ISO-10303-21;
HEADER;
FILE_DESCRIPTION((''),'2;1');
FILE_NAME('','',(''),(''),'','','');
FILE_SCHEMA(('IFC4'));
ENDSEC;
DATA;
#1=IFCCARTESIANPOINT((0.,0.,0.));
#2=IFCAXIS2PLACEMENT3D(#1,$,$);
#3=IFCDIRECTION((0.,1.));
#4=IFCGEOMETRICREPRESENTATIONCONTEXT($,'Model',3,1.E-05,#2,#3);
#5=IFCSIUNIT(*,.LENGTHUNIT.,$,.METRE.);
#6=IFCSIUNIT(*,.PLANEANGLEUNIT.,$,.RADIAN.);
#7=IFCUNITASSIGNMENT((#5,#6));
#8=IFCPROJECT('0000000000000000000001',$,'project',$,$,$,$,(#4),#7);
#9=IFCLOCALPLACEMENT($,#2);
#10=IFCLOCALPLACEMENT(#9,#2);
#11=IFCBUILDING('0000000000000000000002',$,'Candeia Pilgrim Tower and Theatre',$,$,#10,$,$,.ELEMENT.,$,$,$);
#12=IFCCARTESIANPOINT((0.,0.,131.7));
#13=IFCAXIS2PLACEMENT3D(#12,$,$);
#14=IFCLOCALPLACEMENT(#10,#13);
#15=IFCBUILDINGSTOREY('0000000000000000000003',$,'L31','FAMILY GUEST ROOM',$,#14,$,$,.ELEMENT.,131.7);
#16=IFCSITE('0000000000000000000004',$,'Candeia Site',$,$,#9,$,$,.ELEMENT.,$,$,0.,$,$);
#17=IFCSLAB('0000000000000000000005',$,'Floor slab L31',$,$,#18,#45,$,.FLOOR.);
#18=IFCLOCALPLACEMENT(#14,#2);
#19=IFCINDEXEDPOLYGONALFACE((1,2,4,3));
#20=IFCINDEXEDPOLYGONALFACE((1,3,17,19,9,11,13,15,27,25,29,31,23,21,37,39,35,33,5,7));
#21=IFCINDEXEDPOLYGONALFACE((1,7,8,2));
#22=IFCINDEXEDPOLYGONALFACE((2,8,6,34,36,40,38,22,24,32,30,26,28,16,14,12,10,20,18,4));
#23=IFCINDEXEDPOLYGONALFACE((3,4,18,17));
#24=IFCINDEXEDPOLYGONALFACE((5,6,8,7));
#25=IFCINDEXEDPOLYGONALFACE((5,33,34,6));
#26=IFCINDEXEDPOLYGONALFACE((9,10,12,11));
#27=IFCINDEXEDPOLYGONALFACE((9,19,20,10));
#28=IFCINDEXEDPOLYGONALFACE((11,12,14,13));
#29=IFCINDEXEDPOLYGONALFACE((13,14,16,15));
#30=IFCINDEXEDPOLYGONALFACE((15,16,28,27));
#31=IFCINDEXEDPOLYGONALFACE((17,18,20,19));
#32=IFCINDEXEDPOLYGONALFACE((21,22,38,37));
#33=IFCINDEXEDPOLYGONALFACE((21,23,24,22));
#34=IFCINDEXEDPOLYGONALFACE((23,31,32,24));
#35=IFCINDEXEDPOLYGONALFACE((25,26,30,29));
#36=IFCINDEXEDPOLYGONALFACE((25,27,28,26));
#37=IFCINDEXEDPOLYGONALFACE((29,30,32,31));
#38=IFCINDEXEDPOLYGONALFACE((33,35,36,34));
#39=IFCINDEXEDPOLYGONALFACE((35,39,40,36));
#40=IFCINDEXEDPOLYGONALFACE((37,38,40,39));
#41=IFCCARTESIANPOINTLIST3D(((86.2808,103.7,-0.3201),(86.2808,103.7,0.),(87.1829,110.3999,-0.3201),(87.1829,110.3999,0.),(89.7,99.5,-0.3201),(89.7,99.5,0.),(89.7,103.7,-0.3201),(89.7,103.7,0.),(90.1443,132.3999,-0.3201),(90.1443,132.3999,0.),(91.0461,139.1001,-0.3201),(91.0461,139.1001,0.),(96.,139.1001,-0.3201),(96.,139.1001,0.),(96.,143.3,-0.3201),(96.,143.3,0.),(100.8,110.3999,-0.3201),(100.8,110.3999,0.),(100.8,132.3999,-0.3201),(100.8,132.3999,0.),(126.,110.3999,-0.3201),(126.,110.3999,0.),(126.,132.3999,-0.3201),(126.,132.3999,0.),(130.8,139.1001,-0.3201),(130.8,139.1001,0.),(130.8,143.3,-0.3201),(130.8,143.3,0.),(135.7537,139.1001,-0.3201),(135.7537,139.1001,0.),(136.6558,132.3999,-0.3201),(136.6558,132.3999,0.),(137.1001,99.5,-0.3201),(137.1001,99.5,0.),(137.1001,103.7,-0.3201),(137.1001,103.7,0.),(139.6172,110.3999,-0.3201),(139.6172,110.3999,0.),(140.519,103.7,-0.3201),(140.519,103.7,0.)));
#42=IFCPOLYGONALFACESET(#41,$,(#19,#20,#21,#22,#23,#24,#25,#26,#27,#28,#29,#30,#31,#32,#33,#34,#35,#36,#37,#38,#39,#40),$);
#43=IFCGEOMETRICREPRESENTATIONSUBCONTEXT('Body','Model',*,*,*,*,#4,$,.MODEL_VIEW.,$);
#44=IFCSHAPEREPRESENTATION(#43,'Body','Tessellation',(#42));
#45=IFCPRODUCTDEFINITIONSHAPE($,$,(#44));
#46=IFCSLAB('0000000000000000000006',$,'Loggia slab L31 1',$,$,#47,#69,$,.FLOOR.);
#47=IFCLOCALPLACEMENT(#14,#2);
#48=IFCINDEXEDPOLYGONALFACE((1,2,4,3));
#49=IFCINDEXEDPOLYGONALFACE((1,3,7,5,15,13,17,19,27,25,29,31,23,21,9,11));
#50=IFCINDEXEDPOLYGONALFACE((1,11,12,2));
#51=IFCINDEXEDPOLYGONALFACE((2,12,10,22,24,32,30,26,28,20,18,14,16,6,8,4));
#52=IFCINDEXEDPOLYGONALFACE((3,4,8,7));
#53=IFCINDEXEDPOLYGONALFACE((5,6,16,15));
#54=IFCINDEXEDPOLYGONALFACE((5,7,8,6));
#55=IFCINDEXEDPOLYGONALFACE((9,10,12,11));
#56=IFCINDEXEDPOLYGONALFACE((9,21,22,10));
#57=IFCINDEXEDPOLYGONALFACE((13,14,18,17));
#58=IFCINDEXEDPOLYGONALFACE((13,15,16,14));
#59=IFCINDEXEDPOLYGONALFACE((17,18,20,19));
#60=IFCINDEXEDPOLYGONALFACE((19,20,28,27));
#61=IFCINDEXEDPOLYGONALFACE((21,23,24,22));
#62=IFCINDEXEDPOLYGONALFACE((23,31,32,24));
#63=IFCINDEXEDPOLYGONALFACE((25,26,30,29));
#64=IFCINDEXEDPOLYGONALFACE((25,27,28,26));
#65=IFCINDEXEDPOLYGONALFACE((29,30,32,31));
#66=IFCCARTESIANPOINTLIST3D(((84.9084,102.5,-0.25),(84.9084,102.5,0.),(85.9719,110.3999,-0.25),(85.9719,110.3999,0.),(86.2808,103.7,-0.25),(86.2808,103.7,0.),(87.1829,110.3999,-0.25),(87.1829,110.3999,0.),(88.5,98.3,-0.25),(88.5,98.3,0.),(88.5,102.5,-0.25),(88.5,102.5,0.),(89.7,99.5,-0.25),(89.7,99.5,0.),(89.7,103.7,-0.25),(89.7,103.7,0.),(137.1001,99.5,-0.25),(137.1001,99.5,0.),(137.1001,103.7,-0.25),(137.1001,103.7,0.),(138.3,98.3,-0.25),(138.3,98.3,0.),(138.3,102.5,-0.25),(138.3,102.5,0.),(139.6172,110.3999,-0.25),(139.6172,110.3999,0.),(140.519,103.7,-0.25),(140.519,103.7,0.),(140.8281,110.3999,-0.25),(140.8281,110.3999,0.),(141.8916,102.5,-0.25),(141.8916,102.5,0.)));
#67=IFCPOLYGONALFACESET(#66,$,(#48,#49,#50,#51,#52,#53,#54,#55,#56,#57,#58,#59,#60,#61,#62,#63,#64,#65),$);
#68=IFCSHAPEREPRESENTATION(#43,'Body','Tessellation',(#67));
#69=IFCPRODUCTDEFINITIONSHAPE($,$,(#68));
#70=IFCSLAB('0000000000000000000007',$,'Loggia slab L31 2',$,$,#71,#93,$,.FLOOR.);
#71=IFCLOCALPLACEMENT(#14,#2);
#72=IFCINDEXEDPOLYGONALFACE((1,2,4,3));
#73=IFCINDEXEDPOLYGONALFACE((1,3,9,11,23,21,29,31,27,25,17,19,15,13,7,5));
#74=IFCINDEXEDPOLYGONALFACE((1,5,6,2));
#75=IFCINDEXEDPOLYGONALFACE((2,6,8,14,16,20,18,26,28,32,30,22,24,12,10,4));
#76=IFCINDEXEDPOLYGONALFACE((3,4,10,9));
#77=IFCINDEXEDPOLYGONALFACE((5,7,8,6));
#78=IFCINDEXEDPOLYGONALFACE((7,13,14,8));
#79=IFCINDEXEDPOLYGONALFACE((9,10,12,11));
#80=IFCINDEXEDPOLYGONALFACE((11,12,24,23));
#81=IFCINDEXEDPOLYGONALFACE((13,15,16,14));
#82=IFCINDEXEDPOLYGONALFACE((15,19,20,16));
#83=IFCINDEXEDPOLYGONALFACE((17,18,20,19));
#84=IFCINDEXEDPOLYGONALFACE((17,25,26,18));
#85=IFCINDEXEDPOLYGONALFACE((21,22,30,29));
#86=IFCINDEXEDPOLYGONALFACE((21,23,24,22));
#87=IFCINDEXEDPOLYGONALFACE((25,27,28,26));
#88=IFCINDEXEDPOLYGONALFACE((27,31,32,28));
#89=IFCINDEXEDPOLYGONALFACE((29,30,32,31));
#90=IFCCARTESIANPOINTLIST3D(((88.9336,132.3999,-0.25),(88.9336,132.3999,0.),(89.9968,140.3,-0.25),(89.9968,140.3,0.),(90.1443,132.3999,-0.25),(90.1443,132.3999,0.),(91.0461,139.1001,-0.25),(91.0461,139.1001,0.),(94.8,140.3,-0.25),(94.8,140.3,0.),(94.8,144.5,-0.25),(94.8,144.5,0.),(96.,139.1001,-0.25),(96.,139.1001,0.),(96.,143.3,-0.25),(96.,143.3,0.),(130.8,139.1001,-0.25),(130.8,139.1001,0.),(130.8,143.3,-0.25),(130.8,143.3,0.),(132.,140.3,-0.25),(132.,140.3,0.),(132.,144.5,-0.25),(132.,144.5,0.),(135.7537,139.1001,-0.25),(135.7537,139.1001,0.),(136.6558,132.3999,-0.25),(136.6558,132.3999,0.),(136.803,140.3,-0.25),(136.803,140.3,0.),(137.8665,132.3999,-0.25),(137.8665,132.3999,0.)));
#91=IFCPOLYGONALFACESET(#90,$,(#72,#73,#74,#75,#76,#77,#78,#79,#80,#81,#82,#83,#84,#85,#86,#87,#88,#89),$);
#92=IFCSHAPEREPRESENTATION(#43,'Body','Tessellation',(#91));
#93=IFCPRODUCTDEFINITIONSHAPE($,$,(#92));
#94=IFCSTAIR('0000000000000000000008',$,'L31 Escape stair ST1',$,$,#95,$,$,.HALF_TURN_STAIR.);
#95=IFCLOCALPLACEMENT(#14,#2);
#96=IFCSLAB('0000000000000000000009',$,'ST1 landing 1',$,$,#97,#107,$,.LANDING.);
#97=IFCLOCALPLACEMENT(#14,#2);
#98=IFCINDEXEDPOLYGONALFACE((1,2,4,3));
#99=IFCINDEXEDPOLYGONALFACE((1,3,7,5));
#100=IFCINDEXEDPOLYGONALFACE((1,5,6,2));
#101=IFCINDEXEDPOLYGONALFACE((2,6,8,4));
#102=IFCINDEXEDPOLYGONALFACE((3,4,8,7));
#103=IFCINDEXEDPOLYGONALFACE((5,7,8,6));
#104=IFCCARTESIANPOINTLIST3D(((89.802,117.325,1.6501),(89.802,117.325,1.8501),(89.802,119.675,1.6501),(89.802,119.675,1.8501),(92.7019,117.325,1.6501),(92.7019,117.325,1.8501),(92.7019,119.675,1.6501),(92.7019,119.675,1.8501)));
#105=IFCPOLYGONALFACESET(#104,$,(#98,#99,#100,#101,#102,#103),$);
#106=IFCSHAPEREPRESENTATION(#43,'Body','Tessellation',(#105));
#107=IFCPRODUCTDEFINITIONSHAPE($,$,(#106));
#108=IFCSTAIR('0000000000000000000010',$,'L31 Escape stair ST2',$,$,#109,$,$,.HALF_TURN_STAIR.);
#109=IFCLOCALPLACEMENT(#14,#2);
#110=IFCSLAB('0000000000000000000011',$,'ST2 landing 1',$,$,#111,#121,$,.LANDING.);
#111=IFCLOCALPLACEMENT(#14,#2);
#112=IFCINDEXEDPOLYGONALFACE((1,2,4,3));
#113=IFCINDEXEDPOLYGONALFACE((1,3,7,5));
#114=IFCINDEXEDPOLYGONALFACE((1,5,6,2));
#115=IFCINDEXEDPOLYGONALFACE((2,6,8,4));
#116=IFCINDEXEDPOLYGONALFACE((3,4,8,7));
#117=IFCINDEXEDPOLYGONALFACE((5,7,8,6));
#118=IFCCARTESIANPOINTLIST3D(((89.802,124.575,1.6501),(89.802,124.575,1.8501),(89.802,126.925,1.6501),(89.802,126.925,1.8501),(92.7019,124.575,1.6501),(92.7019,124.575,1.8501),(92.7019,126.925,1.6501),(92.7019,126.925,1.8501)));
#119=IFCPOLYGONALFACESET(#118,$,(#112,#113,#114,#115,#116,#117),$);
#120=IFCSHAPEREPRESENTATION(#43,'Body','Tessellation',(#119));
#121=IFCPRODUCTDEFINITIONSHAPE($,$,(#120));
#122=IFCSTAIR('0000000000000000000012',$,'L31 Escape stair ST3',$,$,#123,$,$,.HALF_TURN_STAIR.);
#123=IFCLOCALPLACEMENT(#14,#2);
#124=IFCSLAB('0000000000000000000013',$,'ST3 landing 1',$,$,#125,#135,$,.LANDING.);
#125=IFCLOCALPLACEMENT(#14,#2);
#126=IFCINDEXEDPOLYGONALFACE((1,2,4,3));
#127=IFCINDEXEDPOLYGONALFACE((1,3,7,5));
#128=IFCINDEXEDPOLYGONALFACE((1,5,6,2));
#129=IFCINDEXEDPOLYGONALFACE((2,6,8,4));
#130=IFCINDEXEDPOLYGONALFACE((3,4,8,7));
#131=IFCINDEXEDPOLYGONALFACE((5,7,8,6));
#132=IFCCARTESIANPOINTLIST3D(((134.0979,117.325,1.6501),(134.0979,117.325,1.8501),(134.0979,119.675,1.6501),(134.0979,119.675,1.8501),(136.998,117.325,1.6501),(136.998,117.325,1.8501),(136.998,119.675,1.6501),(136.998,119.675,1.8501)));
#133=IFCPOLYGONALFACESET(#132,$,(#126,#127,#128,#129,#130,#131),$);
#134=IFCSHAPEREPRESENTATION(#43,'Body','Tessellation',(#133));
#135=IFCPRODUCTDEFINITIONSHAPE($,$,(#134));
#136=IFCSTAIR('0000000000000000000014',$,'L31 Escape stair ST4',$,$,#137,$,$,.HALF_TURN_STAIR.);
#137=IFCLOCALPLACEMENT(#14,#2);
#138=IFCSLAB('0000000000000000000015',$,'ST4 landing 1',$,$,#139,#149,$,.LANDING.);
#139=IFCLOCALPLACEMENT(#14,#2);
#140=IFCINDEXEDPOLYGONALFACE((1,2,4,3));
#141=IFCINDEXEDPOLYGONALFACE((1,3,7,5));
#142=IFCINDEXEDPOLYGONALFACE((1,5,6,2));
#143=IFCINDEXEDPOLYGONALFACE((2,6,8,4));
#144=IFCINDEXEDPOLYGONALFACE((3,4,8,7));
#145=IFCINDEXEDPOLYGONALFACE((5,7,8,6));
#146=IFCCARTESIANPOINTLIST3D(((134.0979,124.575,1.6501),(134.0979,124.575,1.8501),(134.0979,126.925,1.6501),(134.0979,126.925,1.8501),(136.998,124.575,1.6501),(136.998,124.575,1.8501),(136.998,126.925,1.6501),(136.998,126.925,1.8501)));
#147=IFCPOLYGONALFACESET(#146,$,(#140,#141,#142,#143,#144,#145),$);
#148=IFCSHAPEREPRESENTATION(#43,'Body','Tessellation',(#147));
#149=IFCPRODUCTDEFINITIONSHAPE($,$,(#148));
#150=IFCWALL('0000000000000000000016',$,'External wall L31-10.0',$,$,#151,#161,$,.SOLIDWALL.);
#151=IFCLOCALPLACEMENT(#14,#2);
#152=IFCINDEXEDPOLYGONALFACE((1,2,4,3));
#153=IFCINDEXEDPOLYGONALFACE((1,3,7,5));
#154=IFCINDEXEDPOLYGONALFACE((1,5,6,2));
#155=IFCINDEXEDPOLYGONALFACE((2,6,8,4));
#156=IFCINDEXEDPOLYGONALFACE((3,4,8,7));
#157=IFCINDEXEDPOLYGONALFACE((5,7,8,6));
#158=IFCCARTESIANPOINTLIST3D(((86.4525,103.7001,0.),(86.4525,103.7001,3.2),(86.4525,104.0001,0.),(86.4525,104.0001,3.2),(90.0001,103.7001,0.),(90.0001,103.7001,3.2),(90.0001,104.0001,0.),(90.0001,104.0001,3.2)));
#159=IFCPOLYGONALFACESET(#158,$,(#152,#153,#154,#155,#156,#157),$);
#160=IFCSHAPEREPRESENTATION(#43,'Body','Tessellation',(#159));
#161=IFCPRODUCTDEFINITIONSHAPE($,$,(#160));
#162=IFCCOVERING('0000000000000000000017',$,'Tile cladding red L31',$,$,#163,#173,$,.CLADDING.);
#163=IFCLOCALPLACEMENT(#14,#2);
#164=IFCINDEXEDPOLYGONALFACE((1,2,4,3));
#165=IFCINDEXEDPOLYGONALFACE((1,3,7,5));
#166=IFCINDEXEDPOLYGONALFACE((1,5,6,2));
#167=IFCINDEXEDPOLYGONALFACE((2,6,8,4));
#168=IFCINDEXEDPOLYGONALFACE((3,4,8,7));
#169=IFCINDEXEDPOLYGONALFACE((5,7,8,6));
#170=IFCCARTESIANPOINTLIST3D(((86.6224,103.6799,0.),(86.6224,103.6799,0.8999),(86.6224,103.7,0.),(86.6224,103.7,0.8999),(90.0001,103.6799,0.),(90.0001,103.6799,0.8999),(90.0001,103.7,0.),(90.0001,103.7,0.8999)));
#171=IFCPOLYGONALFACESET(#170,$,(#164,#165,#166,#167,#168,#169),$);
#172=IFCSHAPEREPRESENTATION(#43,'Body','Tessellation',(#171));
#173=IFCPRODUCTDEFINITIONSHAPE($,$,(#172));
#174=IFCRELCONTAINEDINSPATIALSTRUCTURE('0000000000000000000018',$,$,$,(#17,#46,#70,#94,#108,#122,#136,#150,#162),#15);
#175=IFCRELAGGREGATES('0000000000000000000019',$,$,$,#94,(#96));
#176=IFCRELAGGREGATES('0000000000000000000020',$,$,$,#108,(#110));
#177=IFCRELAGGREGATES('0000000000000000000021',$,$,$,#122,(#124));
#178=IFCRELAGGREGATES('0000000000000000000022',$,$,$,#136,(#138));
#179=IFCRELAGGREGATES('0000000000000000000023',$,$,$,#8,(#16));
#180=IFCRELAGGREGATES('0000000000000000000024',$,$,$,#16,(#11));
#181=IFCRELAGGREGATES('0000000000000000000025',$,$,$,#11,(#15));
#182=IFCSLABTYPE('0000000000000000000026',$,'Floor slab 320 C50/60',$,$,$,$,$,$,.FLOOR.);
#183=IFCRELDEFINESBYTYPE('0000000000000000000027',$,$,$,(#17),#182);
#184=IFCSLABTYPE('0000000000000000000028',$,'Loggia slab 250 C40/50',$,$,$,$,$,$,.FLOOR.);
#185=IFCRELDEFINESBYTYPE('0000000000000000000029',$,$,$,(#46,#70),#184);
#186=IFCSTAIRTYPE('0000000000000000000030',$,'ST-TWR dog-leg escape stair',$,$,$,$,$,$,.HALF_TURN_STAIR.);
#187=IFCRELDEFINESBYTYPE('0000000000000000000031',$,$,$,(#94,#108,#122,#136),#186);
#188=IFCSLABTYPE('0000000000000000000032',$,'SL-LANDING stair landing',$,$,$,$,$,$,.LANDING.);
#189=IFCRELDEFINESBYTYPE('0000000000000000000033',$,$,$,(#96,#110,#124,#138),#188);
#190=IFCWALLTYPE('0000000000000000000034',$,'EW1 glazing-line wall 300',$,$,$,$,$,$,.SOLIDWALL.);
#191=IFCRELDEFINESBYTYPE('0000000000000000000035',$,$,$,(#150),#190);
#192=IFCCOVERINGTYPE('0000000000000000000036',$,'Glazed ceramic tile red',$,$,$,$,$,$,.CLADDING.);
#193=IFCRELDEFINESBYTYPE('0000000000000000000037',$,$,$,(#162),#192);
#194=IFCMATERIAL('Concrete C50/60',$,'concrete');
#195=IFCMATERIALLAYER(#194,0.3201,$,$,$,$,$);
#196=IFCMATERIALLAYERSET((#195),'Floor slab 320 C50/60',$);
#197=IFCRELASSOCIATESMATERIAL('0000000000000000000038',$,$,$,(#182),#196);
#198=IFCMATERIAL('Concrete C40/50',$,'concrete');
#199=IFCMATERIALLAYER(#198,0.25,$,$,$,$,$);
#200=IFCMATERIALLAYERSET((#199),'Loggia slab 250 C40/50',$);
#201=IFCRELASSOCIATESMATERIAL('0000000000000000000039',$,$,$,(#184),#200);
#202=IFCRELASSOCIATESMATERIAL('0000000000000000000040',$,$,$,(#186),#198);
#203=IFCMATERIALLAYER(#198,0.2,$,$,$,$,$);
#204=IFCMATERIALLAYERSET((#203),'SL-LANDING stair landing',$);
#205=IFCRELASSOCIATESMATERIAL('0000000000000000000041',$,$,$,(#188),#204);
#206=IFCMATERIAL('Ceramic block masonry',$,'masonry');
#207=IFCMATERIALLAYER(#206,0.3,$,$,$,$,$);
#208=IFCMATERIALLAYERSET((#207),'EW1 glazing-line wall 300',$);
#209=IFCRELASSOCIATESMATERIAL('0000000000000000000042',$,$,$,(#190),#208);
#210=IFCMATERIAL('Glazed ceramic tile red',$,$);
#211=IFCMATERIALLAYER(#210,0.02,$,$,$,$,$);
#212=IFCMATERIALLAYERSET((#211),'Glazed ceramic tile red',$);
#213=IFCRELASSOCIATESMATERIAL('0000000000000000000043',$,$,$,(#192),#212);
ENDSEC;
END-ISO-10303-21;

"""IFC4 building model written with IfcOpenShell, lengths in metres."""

from ifc_helpers import new_model, si_unit, direction, frame, frame_2d, origin, origin_2d, place, context, subcontext, project, spatial, polyline, rectangle, outline, extrude, material, layer, layer_set, type_object, element, aggregate, save


model = new_model("IFC4")

# Units and contexts
model_context = context("Model", 3, precision=1e-05, world=origin(), true_north=direction((0.0, 1.0)))
body_context = subcontext(model_context, "Body", "Model", "MODEL_VIEW")
ifc_project = project(units=[si_unit("LENGTHUNIT", "METRE"), si_unit("PLANEANGLEUNIT", "RADIAN")], contexts=[model_context])

# Site, building, storey
site_placement = place(None, origin())
site = spatial("IfcSite", under=ifc_project, at=site_placement, Name="Candeia Site", CompositionType="ELEMENT", RefElevation=0.0)
building_placement = place(site_placement, origin())
building = spatial("IfcBuilding", under=site, at=building_placement, Name="Candeia Pilgrim Tower and Theatre", CompositionType="ELEMENT")
storey_placement = place(building_placement, frame((0.0, 0.0, 131.7)))
storey = spatial("IfcBuildingStorey", under=building, at=storey_placement, Name="L31", Description="FAMILY GUEST ROOM", CompositionType="ELEMENT", Elevation=131.7)

# Slabs
ifc_material_1 = material(Name="Concrete C40/50", Category="concrete")
ifc_material_2 = material(Name="Concrete C50/60", Category="concrete")
ifc_layer_1 = layer(ifc_material_2, 0.3201)
ifc_layer_set_1 = layer_set([ifc_layer_1], Name="Floor slab 320 C50/60")
slab_type_1 = type_object("IfcSlabType", Name="Floor slab 320 C50/60", PredefinedType="FLOOR", material=ifc_layer_set_1)
slab_1_placement = place(storey_placement, frame((0.0, 0.0, -0.3201)))
element("IfcSlab", 1, at=slab_1_placement, inside=storey, type_object=slab_type_1, Name="Floor slab L31", PredefinedType="FLOOR", context=body_context, shape_type="SweptSolid", body=[
    extrude(outline(polyline([(96.0, 139.1001), (96.0, 143.3), (130.8, 143.3), (130.8, 139.1001), (135.7537, 139.1001), (136.6558, 132.3999), (126.0, 132.3999), (126.0, 110.3999), (139.6172, 110.3999), (140.519, 103.7), (137.1001, 103.7), (137.1001, 99.5), (89.7, 99.5), (89.7, 103.7), (86.2808, 103.7), (87.1829, 110.3999), (100.8, 110.3999), (100.8, 132.3999), (90.1443, 132.3999), (91.0461, 139.1001), (96.0, 139.1001)])), origin(), (0.0, 0.0, 1.0), 0.3201),
])
ifc_layer_2 = layer(ifc_material_1, 0.25)
ifc_layer_set_2 = layer_set([ifc_layer_2], Name="Loggia slab 250 C40/50")
slab_type_2 = type_object("IfcSlabType", Name="Loggia slab 250 C40/50", PredefinedType="FLOOR", material=ifc_layer_set_2)
slab_2_placement = place(storey_placement, frame((0.0, 0.0, -0.25)))
element("IfcSlab", 2, at=slab_2_placement, inside=storey, type_object=slab_type_2, Name="Loggia slab L31 1", PredefinedType="FLOOR", context=body_context, shape_type="SweptSolid", body=[
    extrude(outline(polyline([(87.1829, 110.3999), (86.2808, 103.7), (89.7, 103.7), (89.7, 99.5), (137.1001, 99.5), (137.1001, 103.7), (140.519, 103.7), (139.6172, 110.3999), (140.8281, 110.3999), (141.8916, 102.5), (138.3, 102.5), (138.3, 98.3), (88.5, 98.3), (88.5, 102.5), (84.9084, 102.5), (85.9719, 110.3999), (87.1829, 110.3999)])), origin(), (0.0, 0.0, 1.0), 0.25),
])
slab_3_placement = place(storey_placement, frame((0.0, 0.0, -0.25)))
element("IfcSlab", 3, at=slab_3_placement, inside=storey, type_object=slab_type_2, Name="Loggia slab L31 2", PredefinedType="FLOOR", context=body_context, shape_type="SweptSolid", body=[
    extrude(outline(polyline([(136.6558, 132.3999), (135.7537, 139.1001), (130.8, 139.1001), (130.8, 143.3), (96.0, 143.3), (96.0, 139.1001), (91.0461, 139.1001), (90.1443, 132.3999), (88.9336, 132.3999), (89.9968, 140.3), (94.8, 140.3), (94.8, 144.5), (132.0, 144.5), (132.0, 140.3), (136.803, 140.3), (137.8665, 132.3999), (136.6558, 132.3999)])), origin(), (0.0, 0.0, 1.0), 0.25),
])

# Stairs, slabs
stair_type = type_object("IfcStairType", Name="ST-TWR dog-leg escape stair", PredefinedType="HALF_TURN_STAIR", material=ifc_material_1)
stair_1_placement = place(storey_placement, origin())
stair_1 = element("IfcStair", 4, at=stair_1_placement, inside=storey, type_object=stair_type, Name="L31 Escape stair ST1", PredefinedType="HALF_TURN_STAIR")
ifc_layer_3 = layer(ifc_material_1, 0.2)
ifc_layer_set_3 = layer_set([ifc_layer_3], Name="SL-LANDING stair landing")
slab_type_3 = type_object("IfcSlabType", Name="SL-LANDING stair landing", PredefinedType="LANDING", material=ifc_layer_set_3)
slab_4_placement = place(storey_placement, frame((0.0, 0.0, 1.6501)))
slab_4 = element("IfcSlab", 5, at=slab_4_placement, type_object=slab_type_3, Name="ST1 landing 1", PredefinedType="LANDING", context=body_context, shape_type="SweptSolid", body=[
    extrude(outline(polyline([(89.802, 119.675), (89.802, 117.325), (92.7019, 117.325), (92.7019, 119.675), (89.802, 119.675)])), origin(), (0.0, 0.0, 1.0), 0.2),
])
aggregate(stair_1, [slab_4])
stair_2_placement = place(storey_placement, origin())
stair_2 = element("IfcStair", 6, at=stair_2_placement, inside=storey, type_object=stair_type, Name="L31 Escape stair ST2", PredefinedType="HALF_TURN_STAIR")
slab_5_placement = place(storey_placement, frame((0.0, 0.0, 1.6501)))
slab_5 = element("IfcSlab", 7, at=slab_5_placement, type_object=slab_type_3, Name="ST2 landing 1", PredefinedType="LANDING", context=body_context, shape_type="SweptSolid", body=[
    extrude(outline(polyline([(89.802, 126.925), (89.802, 124.575), (92.7019, 124.575), (92.7019, 126.925), (89.802, 126.925)])), origin(), (0.0, 0.0, 1.0), 0.2),
])
aggregate(stair_2, [slab_5])
stair_3_placement = place(storey_placement, origin())
stair_3 = element("IfcStair", 8, at=stair_3_placement, inside=storey, type_object=stair_type, Name="L31 Escape stair ST3", PredefinedType="HALF_TURN_STAIR")
slab_6_placement = place(storey_placement, frame((0.0, 0.0, 1.6501)))
slab_6 = element("IfcSlab", 9, at=slab_6_placement, type_object=slab_type_3, Name="ST3 landing 1", PredefinedType="LANDING", context=body_context, shape_type="SweptSolid", body=[
    extrude(outline(polyline([(134.0979, 119.675), (134.0979, 117.325), (136.998, 117.325), (136.998, 119.675), (134.0979, 119.675)])), origin(), (0.0, 0.0, 1.0), 0.2),
])
aggregate(stair_3, [slab_6])
stair_4_placement = place(storey_placement, origin())
stair_4 = element("IfcStair", 10, at=stair_4_placement, inside=storey, type_object=stair_type, Name="L31 Escape stair ST4", PredefinedType="HALF_TURN_STAIR")
slab_7_placement = place(storey_placement, frame((0.0, 0.0, 1.6501)))
slab_7 = element("IfcSlab", 11, at=slab_7_placement, type_object=slab_type_3, Name="ST4 landing 1", PredefinedType="LANDING", context=body_context, shape_type="SweptSolid", body=[
    extrude(outline(polyline([(134.0979, 126.925), (134.0979, 124.575), (136.998, 124.575), (136.998, 126.925), (134.0979, 126.925)])), origin(), (0.0, 0.0, 1.0), 0.2),
])
aggregate(stair_4, [slab_7])

# Wall
ifc_material_3 = material(Name="Ceramic block masonry", Category="masonry")
ifc_layer_4 = layer(ifc_material_3, 0.3)
ifc_layer_set_4 = layer_set([ifc_layer_4], Name="EW1 glazing-line wall 300")
wall_type = type_object("IfcWallType", Name="EW1 glazing-line wall 300", PredefinedType="SOLIDWALL", material=ifc_layer_set_4)
wall_placement = place(storey_placement, frame((86.4524, 103.8501, 0.0), z_axis=(0.0, 0.0, 1.0), x_axis=(1.0, 0.0, 0.0)))
element("IfcWall", 12, at=wall_placement, inside=storey, type_object=wall_type, Name="External wall L31-10.0", PredefinedType="SOLIDWALL", context=body_context, shape_type="SweptSolid", body=[
    extrude(rectangle(XDim=3.5476, YDim=0.3, at=frame_2d((1.7739, 0.0))), origin(), (0.0, 0.0, 1.0), 3.2),
])

# Covering
ifc_material_4 = material(Name="Glazed ceramic tile red")
ifc_layer_5 = layer(ifc_material_4, 0.02)
ifc_layer_set_5 = layer_set([ifc_layer_5], Name="Glazed ceramic tile red")
covering_type = type_object("IfcCoveringType", Name="Glazed ceramic tile red", PredefinedType="CLADDING", material=ifc_layer_set_5)
covering_placement = place(storey_placement, frame((88.3113, 103.6899, 0.0), z_axis=(0.0, 0.0, 1.0), x_axis=(1.0, 0.0, 0.0)))
element("IfcCovering", 13, at=covering_placement, inside=storey, type_object=covering_type, Name="Tile cladding red L31", PredefinedType="CLADDING", context=body_context, shape_type="SweptSolid", body=[
    extrude(rectangle(XDim=3.3777, YDim=0.02, at=origin_2d()), origin(), (0.0, 0.0, 1.0), 0.8999),
])

save(model, "model.ifc")
